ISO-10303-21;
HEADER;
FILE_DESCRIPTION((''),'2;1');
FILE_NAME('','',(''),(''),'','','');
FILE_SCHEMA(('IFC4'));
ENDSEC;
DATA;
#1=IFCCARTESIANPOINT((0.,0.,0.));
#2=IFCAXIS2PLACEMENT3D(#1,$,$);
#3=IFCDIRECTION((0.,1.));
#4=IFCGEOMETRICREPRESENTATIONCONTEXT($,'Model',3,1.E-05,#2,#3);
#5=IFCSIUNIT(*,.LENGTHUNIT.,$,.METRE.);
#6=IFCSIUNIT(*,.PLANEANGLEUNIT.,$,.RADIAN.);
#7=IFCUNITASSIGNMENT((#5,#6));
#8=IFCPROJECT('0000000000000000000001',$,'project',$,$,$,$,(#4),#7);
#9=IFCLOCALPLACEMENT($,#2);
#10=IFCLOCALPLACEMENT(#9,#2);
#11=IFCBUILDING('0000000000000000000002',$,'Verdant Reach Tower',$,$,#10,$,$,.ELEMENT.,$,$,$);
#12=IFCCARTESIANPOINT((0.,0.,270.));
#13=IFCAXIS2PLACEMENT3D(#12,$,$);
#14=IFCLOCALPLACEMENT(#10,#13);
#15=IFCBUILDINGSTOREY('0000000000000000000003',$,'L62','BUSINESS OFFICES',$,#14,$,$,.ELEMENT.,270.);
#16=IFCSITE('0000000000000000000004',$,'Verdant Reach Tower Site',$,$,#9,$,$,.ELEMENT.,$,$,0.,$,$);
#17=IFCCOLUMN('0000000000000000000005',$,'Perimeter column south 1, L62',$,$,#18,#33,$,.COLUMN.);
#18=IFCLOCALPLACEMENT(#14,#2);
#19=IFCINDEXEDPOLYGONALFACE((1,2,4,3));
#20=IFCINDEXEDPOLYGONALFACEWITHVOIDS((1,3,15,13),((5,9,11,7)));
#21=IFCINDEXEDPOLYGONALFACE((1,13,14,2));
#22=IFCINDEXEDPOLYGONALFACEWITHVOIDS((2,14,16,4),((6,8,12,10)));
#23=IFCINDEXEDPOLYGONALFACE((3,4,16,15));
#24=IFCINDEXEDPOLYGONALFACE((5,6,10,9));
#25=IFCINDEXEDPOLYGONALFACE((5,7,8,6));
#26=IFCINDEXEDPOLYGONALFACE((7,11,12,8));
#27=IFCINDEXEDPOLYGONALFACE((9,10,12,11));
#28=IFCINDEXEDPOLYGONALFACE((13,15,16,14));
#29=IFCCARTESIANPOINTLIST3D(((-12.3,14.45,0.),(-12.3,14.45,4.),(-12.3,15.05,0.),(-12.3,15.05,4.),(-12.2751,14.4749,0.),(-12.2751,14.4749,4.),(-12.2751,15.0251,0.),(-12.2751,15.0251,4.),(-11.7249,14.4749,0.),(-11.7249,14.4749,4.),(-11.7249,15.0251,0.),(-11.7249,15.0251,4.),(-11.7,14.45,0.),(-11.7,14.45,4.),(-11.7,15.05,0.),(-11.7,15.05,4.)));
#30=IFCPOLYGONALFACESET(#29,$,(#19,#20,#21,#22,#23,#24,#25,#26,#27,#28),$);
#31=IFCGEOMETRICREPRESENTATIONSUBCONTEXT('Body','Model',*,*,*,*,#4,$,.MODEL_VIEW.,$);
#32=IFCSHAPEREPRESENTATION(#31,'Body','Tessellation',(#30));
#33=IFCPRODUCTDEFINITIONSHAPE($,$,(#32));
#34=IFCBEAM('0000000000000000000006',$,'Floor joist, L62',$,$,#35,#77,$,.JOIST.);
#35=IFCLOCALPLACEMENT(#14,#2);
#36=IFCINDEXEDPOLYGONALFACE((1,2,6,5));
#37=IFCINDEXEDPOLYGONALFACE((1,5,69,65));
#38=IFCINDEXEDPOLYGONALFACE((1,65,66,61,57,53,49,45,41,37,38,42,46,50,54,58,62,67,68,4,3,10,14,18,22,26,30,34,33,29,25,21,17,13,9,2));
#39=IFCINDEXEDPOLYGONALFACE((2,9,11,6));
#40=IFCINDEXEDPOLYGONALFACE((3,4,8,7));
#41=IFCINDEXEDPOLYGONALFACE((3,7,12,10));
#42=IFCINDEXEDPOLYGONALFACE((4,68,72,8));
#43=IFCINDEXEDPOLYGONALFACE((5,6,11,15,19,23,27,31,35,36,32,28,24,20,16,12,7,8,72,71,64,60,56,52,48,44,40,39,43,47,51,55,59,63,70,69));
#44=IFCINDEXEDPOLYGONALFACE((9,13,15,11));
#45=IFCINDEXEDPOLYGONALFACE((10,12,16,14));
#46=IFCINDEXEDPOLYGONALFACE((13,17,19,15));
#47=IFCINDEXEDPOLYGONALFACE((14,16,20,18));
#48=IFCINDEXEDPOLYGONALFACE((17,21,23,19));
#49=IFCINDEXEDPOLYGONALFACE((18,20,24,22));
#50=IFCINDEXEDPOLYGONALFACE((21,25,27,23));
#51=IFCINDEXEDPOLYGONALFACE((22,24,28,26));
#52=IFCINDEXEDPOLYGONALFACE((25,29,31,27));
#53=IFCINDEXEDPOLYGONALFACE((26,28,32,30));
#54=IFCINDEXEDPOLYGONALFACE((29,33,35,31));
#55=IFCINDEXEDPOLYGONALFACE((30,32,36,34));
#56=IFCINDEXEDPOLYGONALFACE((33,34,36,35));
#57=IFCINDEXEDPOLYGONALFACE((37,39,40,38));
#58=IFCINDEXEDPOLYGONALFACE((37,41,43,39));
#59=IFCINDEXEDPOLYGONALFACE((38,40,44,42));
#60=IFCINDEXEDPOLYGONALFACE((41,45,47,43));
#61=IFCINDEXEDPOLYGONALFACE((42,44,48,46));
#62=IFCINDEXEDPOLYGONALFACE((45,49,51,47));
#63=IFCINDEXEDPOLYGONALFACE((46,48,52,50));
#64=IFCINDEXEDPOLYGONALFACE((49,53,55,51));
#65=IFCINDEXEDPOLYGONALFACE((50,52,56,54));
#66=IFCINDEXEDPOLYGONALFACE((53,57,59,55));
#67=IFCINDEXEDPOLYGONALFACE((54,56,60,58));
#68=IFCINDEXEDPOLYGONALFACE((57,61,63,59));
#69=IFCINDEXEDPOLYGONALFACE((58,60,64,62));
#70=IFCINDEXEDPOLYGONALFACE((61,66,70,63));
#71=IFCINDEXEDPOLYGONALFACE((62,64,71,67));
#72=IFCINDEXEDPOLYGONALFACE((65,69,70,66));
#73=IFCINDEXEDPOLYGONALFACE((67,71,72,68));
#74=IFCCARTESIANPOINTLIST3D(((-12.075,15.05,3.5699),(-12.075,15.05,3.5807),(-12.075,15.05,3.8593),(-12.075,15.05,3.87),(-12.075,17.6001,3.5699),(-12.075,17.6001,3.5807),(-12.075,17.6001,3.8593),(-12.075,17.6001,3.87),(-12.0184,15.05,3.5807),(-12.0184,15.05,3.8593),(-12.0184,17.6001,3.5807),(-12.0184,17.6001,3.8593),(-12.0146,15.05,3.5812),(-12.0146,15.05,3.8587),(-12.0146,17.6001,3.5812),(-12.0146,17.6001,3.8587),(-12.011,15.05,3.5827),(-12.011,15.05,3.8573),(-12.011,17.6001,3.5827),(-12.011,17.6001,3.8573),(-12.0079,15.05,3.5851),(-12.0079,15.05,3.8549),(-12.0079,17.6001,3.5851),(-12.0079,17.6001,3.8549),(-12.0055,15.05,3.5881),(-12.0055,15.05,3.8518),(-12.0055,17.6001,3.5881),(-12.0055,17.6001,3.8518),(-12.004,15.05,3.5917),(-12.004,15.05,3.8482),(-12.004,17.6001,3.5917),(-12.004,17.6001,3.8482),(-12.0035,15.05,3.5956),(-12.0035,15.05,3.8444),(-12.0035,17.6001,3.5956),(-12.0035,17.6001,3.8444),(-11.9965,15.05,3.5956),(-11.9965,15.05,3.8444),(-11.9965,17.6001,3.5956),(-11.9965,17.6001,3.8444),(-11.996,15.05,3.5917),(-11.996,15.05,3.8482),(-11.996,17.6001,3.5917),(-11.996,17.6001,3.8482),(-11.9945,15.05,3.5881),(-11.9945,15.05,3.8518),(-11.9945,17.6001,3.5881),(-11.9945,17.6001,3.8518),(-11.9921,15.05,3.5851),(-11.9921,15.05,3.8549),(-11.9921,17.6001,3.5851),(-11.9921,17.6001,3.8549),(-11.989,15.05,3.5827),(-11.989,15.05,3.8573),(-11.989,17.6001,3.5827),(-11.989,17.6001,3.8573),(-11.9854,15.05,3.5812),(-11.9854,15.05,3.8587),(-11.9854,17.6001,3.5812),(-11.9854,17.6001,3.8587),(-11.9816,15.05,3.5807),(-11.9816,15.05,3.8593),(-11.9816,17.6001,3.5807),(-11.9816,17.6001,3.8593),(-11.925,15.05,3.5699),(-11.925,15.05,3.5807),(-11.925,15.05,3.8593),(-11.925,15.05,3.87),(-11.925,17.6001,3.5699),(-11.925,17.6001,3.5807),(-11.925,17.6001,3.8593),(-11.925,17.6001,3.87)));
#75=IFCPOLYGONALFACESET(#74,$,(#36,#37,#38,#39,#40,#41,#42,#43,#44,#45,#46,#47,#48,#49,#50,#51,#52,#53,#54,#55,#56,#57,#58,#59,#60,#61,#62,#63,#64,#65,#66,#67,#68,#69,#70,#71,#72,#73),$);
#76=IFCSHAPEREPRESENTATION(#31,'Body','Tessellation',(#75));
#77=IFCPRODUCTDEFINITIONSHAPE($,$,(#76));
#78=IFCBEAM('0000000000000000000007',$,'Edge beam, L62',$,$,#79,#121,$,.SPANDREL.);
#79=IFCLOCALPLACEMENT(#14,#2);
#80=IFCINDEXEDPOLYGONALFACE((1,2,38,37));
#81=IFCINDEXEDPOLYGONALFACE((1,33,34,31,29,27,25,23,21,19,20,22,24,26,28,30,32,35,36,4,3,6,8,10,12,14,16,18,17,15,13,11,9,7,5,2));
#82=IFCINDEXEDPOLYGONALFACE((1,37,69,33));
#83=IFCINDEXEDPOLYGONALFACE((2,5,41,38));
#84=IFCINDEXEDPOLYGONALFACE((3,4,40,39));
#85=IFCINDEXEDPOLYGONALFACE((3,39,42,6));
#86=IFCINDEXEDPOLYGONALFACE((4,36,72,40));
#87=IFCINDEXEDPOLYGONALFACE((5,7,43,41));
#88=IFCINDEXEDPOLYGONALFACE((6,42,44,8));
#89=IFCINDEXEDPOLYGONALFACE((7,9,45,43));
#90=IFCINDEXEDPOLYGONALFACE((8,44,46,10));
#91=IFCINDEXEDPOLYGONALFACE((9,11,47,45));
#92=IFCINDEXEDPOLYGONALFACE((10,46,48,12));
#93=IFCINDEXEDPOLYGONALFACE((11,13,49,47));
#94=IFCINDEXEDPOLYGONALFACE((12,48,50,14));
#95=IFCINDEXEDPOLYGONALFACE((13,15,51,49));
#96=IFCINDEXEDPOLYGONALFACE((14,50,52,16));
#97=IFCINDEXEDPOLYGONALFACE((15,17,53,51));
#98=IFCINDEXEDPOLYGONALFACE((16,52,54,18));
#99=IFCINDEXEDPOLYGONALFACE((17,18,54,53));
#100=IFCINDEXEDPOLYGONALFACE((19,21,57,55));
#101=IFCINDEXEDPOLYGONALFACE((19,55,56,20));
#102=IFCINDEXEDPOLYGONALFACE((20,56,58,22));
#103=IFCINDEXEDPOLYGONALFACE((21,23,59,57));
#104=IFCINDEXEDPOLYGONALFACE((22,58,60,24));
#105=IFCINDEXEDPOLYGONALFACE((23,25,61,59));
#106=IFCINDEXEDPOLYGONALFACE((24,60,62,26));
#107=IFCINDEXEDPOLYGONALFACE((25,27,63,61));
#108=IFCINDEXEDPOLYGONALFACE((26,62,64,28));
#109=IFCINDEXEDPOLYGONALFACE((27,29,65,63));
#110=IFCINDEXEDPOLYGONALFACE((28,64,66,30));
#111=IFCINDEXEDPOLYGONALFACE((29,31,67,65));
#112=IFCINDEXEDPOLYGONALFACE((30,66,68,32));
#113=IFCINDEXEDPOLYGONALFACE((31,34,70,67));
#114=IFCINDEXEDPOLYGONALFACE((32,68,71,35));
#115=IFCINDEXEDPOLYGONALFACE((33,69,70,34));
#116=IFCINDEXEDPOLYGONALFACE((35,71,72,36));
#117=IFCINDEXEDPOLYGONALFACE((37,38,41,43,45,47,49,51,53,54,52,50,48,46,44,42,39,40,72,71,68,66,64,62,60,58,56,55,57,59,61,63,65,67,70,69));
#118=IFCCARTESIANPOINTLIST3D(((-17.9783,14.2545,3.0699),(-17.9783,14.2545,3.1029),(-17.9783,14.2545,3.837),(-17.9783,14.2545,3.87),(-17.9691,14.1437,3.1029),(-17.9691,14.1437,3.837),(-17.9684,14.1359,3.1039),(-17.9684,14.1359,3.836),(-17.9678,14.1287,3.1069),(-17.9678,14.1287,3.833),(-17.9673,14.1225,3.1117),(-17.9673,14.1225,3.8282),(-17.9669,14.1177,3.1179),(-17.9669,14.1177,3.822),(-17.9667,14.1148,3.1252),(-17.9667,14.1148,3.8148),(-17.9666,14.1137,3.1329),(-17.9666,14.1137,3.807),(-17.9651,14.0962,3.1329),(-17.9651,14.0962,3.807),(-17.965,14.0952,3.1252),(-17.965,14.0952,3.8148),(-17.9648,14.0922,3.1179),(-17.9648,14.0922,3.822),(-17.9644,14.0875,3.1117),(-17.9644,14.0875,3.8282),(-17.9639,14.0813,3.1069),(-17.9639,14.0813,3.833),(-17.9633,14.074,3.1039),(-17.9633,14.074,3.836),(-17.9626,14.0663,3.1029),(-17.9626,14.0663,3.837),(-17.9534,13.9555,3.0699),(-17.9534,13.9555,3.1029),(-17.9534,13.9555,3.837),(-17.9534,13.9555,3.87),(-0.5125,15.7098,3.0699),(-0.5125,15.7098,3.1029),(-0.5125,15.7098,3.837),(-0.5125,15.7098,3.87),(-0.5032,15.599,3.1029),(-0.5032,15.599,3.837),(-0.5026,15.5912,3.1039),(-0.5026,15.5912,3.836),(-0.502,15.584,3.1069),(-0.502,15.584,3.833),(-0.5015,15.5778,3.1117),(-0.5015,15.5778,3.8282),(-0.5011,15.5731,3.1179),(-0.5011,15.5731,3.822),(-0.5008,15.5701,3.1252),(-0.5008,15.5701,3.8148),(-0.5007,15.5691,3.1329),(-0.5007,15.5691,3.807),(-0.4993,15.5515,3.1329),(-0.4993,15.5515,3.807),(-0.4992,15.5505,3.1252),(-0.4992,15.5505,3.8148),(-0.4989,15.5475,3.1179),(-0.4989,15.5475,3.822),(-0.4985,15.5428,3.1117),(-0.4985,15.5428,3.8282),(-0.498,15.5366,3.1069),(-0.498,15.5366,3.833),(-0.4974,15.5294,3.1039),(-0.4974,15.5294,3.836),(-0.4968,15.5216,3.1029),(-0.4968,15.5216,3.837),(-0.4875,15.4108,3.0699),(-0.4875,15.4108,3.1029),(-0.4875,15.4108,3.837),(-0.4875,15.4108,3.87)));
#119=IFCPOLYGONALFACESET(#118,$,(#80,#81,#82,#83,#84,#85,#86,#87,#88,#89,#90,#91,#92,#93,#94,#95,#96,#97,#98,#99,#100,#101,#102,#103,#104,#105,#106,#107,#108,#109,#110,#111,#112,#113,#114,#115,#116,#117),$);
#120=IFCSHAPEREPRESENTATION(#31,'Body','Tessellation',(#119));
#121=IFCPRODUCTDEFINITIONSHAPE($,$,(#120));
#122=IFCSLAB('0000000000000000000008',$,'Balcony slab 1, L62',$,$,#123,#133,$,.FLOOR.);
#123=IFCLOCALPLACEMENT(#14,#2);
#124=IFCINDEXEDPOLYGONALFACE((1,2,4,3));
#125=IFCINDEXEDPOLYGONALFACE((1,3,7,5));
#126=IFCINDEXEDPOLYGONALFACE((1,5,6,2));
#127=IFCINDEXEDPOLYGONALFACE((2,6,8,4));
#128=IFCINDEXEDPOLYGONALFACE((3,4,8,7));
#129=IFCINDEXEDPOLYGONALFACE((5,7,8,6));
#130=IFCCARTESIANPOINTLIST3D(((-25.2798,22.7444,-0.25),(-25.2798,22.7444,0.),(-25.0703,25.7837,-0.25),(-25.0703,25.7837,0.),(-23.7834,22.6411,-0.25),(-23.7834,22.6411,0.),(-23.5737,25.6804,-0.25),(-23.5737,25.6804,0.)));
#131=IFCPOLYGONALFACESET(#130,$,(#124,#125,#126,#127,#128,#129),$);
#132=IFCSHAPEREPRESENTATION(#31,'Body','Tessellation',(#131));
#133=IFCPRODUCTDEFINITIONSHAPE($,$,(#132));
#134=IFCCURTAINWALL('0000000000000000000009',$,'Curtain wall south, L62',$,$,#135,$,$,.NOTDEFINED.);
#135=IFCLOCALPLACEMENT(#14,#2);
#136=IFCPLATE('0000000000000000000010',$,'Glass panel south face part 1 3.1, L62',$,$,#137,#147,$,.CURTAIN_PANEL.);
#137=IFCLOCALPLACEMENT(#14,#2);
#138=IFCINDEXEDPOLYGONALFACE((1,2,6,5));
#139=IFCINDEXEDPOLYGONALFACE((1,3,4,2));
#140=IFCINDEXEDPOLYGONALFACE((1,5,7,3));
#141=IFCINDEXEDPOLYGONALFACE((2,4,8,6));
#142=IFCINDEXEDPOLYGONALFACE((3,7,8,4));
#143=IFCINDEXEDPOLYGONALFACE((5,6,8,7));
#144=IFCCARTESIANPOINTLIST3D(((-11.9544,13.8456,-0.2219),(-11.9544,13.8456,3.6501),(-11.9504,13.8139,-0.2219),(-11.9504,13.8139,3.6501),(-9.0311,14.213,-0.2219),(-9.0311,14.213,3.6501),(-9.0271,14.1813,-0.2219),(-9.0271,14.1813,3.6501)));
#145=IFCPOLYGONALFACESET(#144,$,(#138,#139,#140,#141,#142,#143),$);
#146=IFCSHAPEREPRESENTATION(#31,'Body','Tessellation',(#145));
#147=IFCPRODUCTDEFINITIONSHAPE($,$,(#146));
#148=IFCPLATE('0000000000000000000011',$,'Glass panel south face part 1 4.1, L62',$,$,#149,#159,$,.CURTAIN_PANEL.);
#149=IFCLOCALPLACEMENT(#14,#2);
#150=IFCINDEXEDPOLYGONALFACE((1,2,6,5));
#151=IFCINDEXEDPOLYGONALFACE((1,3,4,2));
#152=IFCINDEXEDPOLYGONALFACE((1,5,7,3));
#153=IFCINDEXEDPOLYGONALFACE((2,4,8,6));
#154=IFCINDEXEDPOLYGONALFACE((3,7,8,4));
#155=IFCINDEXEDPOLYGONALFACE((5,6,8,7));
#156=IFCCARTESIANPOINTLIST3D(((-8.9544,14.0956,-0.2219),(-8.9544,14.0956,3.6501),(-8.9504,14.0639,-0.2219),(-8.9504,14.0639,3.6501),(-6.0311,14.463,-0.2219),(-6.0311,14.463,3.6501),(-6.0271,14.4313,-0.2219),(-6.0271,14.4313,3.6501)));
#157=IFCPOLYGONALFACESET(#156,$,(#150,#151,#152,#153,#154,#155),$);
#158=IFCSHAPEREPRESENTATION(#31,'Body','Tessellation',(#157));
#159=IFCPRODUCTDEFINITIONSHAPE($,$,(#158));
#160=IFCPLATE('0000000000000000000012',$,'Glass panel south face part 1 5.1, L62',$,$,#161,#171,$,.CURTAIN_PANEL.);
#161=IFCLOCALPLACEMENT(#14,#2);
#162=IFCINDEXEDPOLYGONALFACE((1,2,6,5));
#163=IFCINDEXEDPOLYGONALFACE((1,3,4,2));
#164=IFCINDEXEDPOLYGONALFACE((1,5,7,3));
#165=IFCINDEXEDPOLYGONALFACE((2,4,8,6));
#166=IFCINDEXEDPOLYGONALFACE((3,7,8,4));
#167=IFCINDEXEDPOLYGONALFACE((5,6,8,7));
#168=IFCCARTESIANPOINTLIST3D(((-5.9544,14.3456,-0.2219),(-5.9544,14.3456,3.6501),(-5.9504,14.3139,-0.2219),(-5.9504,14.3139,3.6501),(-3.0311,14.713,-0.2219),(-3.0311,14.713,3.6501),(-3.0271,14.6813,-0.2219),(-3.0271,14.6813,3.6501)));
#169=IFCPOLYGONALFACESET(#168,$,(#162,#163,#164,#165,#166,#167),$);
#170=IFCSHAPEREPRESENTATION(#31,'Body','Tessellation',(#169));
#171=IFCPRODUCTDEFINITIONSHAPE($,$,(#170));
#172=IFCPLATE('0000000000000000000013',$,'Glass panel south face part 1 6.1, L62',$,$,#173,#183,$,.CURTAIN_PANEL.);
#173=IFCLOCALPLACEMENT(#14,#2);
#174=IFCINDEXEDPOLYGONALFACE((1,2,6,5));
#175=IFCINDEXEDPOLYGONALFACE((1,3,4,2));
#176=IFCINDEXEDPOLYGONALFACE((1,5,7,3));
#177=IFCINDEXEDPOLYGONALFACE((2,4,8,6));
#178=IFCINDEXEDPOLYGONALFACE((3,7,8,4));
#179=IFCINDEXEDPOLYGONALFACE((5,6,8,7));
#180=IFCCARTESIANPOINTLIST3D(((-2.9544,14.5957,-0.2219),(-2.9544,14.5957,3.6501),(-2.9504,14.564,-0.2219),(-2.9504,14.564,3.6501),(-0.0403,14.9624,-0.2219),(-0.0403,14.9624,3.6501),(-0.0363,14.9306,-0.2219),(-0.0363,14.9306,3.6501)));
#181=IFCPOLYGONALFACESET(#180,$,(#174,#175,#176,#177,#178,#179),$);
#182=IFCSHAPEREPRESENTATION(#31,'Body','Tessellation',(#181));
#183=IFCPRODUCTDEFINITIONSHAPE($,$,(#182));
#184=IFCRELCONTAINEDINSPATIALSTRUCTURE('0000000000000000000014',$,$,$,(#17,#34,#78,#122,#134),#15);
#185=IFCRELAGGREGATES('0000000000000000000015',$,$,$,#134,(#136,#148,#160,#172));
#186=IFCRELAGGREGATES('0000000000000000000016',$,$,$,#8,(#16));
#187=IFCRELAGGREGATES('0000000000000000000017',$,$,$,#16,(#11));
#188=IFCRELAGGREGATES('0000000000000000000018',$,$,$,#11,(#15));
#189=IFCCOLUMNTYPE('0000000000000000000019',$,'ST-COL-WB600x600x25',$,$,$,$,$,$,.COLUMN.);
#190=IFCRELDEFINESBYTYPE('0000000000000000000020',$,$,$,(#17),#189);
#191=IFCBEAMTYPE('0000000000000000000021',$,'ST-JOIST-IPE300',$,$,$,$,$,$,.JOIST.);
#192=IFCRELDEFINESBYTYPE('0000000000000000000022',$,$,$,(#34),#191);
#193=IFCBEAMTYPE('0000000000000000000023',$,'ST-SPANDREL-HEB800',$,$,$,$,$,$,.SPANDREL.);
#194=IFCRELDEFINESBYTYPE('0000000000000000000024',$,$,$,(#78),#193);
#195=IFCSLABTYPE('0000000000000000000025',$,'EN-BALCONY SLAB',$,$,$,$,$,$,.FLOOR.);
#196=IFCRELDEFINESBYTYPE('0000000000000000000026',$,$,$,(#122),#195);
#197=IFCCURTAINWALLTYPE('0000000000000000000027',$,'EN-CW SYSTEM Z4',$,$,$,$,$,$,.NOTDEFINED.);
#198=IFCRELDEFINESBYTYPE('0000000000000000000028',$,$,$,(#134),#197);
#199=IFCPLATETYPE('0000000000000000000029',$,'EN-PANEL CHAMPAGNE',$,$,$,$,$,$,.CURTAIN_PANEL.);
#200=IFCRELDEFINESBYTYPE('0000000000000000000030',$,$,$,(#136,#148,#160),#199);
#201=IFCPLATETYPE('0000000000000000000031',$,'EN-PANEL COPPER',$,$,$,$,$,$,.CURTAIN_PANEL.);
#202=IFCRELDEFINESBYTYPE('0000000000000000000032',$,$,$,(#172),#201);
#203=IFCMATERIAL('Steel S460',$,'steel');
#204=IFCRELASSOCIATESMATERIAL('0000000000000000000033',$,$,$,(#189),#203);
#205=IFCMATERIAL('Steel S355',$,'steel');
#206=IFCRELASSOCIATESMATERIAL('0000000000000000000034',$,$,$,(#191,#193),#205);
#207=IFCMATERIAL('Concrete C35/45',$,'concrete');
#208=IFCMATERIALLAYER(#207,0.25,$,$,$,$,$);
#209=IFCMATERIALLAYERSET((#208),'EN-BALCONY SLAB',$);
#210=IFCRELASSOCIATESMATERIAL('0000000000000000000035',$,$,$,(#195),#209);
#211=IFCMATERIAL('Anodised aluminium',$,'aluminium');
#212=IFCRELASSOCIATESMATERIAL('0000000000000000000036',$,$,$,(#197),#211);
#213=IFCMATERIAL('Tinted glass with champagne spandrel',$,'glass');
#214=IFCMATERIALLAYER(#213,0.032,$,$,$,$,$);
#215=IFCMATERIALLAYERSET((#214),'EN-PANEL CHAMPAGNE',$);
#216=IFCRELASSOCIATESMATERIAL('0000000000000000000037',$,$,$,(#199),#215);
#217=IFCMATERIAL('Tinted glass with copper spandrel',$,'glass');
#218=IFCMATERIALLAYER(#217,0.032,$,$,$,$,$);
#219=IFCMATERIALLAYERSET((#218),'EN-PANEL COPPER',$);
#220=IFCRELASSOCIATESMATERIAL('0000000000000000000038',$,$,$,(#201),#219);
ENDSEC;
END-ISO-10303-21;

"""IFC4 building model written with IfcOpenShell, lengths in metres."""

from ifc_helpers import new_model, si_unit, direction, frame, origin, origin_2d, place, context, subcontext, project, spatial, polyline, rectangle, hollow_rectangle, i_section, outline, extrude, material, layer, layer_set, material_profile, profile_set, type_object, element, aggregate, save


model = new_model("IFC4")

# Units and contexts
model_context = context("Model", 3, precision=1e-05, world=origin(), true_north=direction((0.0, 1.0)))
body_context = subcontext(model_context, "Body", "Model", "MODEL_VIEW")
ifc_project = project(units=[si_unit("LENGTHUNIT", "METRE"), si_unit("PLANEANGLEUNIT", "RADIAN")], contexts=[model_context])

# Site, building, storey
site_placement = place(None, origin())
site = spatial("IfcSite", under=ifc_project, at=site_placement, Name="Verdant Reach Tower Site", CompositionType="ELEMENT", RefElevation=0.0)
building_placement = place(site_placement, origin())
building = spatial("IfcBuilding", under=site, at=building_placement, Name="Verdant Reach Tower", CompositionType="ELEMENT")
storey_placement = place(building_placement, frame((0.0, 0.0, 270.0)))
storey = spatial("IfcBuildingStorey", under=building, at=storey_placement, Name="L62", Description="BUSINESS OFFICES", CompositionType="ELEMENT", Elevation=270.0)

# Column
ifc_material_1 = material(Name="Steel S460", Category="steel")
ifc_material_profile_1 = material_profile(ifc_material_1, hollow_rectangle(XDim=0.6001, YDim=0.6001, WallThickness=0.0249, at=origin_2d()), Name="WB 600x600x25")
ifc_profile_set_1 = profile_set([ifc_material_profile_1], Name="Steel S460")
column_type = type_object("IfcColumnType", Name="ST-COL-WB600x600x25", PredefinedType="COLUMN", material=ifc_profile_set_1)
column_placement = place(storey_placement, frame((-12.0, 14.75, 0.0), z_axis=(0.0, 0.0, 1.0), x_axis=(1.0, 0.0, 0.0)))
element("IfcColumn", 1, at=column_placement, inside=storey, type_object=column_type, Name="Perimeter column south 1, L62", PredefinedType="COLUMN", context=body_context, shape_type="SweptSolid", body=[
    extrude(hollow_rectangle(XDim=0.6001, YDim=0.6001, WallThickness=0.0249, at=origin_2d()), origin(), (0.0, 0.0, 1.0), 4.0),
])

# Beams
ifc_material_2 = material(Name="Steel S355", Category="steel")
ifc_material_profile_2 = material_profile(ifc_material_2, i_section(OverallWidth=0.1499, OverallDepth=0.3, WebThickness=0.0071, FlangeThickness=0.0107, FilletRadius=0.0149, at=origin_2d()), Name="IPE 300")
ifc_profile_set_2 = profile_set([ifc_material_profile_2], Name="Steel S355")
beam_type_1 = type_object("IfcBeamType", Name="ST-JOIST-IPE300", PredefinedType="JOIST", material=ifc_profile_set_2)
beam_1_placement = place(storey_placement, frame((-12.0, 17.6001, 3.72), z_axis=(0.0, -1.0, 0.0), x_axis=(1.0, 0.0, 0.0)))
element("IfcBeam", 2, at=beam_1_placement, inside=storey, type_object=beam_type_1, Name="Floor joist, L62", PredefinedType="JOIST", context=body_context, shape_type="SweptSolid", body=[
    extrude(i_section(OverallWidth=0.1499, OverallDepth=0.3, WebThickness=0.0071, FlangeThickness=0.0107, FilletRadius=0.0149, at=origin_2d()), origin(), (0.0, 0.0, 1.0), 2.55),
])
ifc_material_profile_3 = material_profile(ifc_material_2, i_section(OverallWidth=0.3, OverallDepth=0.8, WebThickness=0.0176, FlangeThickness=0.033, FilletRadius=0.03, at=origin_2d()), Name="HEB 800")
ifc_profile_set_3 = profile_set([ifc_material_profile_3], Name="Steel S355")
beam_type_2 = type_object("IfcBeamType", Name="ST-SPANDREL-HEB800", PredefinedType="SPANDREL", material=ifc_profile_set_3)
beam_2_placement = place(storey_placement, frame((-0.5, 15.5603, 3.47), z_axis=(-0.996547, -0.083036, 0.0), x_axis=(0.083036, -0.996547, 0.0)))
element("IfcBeam", 3, at=beam_2_placement, inside=storey, type_object=beam_type_2, Name="Edge beam, L62", PredefinedType="SPANDREL", context=body_context, shape_type="SweptSolid", body=[
    extrude(i_section(OverallWidth=0.3, OverallDepth=0.8, WebThickness=0.0176, FlangeThickness=0.033, FilletRadius=0.03, at=origin_2d()), origin(), (0.0, 0.0, 1.0), 17.5264),
])

# Slab
ifc_material_3 = material(Name="Concrete C35/45", Category="concrete")
ifc_layer_1 = layer(ifc_material_3, 0.25)
ifc_layer_set_1 = layer_set([ifc_layer_1], Name="EN-BALCONY SLAB")
slab_type_1 = type_object("IfcSlabType", Name="EN-BALCONY SLAB", PredefinedType="FLOOR", material=ifc_layer_set_1)
slab_1_placement = place(storey_placement, frame((0.0, 0.0, -0.25)))
element("IfcSlab", 4, at=slab_1_placement, inside=storey, type_object=slab_type_1, Name="Balcony slab 1, L62", PredefinedType="FLOOR", context=body_context, shape_type="SweptSolid", body=[
    extrude(outline(polyline([(-23.5737, 25.6804), (-23.7834, 22.6411), (-25.2798, 22.7444), (-25.0703, 25.7837), (-23.5737, 25.6804)])), origin(), (0.0, 0.0, 1.0), 0.25),
])

# Curtain wall, plates
ifc_material_4 = material(Name="Anodised aluminium", Category="aluminium")
curtain_wall_type = type_object("IfcCurtainWallType", Name="EN-CW SYSTEM Z4", PredefinedType="NOTDEFINED", material=ifc_material_4)
curtain_wall_placement = place(storey_placement, origin())
curtain_wall = element("IfcCurtainWall", 5, at=curtain_wall_placement, inside=storey, type_object=curtain_wall_type, Name="Curtain wall south, L62", PredefinedType="NOTDEFINED")
ifc_material_5 = material(Name="Tinted glass with champagne spandrel", Category="glass")
ifc_layer_2 = layer(ifc_material_5, 0.032)
ifc_layer_set_2 = layer_set([ifc_layer_2], Name="EN-PANEL CHAMPAGNE")
plate_type_1 = type_object("IfcPlateType", Name="EN-PANEL CHAMPAGNE", PredefinedType="CURTAIN_PANEL", material=ifc_layer_set_2)
plate_1_placement = place(storey_placement, frame((-10.4907, 14.0134, -0.2219), z_axis=(0.0, 0.0, 1.0), x_axis=(0.992194, 0.124704, 0.0)))
plate_1 = element("IfcPlate", 6, at=plate_1_placement, type_object=plate_type_1, Name="Glass panel south face part 1 3.1, L62", PredefinedType="CURTAIN_PANEL", context=body_context, shape_type="SweptSolid", body=[
    extrude(rectangle(XDim=2.9463, YDim=0.032, at=origin_2d()), origin(), (0.0, 0.0, 1.0), 3.8721),
])
plate_2_placement = place(storey_placement, frame((-7.4907, 14.2634, -0.2219), z_axis=(0.0, 0.0, 1.0), x_axis=(0.992194, 0.124704, 0.0)))
plate_2 = element("IfcPlate", 7, at=plate_2_placement, type_object=plate_type_1, Name="Glass panel south face part 1 4.1, L62", PredefinedType="CURTAIN_PANEL", context=body_context, shape_type="SweptSolid", body=[
    extrude(rectangle(XDim=2.9463, YDim=0.032, at=origin_2d()), origin(), (0.0, 0.0, 1.0), 3.8721),
])
plate_3_placement = place(storey_placement, frame((-4.4907, 14.5134, -0.2219), z_axis=(0.0, 0.0, 1.0), x_axis=(0.992194, 0.124704, 0.0)))
plate_3 = element("IfcPlate", 8, at=plate_3_placement, type_object=plate_type_1, Name="Glass panel south face part 1 5.1, L62", PredefinedType="CURTAIN_PANEL", context=body_context, shape_type="SweptSolid", body=[
    extrude(rectangle(XDim=2.9463, YDim=0.032, at=origin_2d()), origin(), (0.0, 0.0, 1.0), 3.8721),
])
ifc_material_6 = material(Name="Tinted glass with copper spandrel", Category="glass")
ifc_layer_3 = layer(ifc_material_6, 0.032)
ifc_layer_set_3 = layer_set([ifc_layer_3], Name="EN-PANEL COPPER")
plate_type_2 = type_object("IfcPlateType", Name="EN-PANEL COPPER", PredefinedType="CURTAIN_PANEL", material=ifc_layer_set_3)
plate_4_placement = place(storey_placement, frame((-1.4954, 14.7632, -0.2219), z_axis=(0.0, 0.0, 1.0), x_axis=(0.992178, 0.124832, 0.0)))
plate_4 = element("IfcPlate", 9, at=plate_4_placement, type_object=plate_type_2, Name="Glass panel south face part 1 6.1, L62", PredefinedType="CURTAIN_PANEL", context=body_context, shape_type="SweptSolid", body=[
    extrude(rectangle(XDim=2.937, YDim=0.032, at=origin_2d()), origin(), (0.0, 0.0, 1.0), 3.8721),
])
aggregate(curtain_wall, [plate_1, plate_2, plate_3, plate_4])

save(model, "model.ifc")
